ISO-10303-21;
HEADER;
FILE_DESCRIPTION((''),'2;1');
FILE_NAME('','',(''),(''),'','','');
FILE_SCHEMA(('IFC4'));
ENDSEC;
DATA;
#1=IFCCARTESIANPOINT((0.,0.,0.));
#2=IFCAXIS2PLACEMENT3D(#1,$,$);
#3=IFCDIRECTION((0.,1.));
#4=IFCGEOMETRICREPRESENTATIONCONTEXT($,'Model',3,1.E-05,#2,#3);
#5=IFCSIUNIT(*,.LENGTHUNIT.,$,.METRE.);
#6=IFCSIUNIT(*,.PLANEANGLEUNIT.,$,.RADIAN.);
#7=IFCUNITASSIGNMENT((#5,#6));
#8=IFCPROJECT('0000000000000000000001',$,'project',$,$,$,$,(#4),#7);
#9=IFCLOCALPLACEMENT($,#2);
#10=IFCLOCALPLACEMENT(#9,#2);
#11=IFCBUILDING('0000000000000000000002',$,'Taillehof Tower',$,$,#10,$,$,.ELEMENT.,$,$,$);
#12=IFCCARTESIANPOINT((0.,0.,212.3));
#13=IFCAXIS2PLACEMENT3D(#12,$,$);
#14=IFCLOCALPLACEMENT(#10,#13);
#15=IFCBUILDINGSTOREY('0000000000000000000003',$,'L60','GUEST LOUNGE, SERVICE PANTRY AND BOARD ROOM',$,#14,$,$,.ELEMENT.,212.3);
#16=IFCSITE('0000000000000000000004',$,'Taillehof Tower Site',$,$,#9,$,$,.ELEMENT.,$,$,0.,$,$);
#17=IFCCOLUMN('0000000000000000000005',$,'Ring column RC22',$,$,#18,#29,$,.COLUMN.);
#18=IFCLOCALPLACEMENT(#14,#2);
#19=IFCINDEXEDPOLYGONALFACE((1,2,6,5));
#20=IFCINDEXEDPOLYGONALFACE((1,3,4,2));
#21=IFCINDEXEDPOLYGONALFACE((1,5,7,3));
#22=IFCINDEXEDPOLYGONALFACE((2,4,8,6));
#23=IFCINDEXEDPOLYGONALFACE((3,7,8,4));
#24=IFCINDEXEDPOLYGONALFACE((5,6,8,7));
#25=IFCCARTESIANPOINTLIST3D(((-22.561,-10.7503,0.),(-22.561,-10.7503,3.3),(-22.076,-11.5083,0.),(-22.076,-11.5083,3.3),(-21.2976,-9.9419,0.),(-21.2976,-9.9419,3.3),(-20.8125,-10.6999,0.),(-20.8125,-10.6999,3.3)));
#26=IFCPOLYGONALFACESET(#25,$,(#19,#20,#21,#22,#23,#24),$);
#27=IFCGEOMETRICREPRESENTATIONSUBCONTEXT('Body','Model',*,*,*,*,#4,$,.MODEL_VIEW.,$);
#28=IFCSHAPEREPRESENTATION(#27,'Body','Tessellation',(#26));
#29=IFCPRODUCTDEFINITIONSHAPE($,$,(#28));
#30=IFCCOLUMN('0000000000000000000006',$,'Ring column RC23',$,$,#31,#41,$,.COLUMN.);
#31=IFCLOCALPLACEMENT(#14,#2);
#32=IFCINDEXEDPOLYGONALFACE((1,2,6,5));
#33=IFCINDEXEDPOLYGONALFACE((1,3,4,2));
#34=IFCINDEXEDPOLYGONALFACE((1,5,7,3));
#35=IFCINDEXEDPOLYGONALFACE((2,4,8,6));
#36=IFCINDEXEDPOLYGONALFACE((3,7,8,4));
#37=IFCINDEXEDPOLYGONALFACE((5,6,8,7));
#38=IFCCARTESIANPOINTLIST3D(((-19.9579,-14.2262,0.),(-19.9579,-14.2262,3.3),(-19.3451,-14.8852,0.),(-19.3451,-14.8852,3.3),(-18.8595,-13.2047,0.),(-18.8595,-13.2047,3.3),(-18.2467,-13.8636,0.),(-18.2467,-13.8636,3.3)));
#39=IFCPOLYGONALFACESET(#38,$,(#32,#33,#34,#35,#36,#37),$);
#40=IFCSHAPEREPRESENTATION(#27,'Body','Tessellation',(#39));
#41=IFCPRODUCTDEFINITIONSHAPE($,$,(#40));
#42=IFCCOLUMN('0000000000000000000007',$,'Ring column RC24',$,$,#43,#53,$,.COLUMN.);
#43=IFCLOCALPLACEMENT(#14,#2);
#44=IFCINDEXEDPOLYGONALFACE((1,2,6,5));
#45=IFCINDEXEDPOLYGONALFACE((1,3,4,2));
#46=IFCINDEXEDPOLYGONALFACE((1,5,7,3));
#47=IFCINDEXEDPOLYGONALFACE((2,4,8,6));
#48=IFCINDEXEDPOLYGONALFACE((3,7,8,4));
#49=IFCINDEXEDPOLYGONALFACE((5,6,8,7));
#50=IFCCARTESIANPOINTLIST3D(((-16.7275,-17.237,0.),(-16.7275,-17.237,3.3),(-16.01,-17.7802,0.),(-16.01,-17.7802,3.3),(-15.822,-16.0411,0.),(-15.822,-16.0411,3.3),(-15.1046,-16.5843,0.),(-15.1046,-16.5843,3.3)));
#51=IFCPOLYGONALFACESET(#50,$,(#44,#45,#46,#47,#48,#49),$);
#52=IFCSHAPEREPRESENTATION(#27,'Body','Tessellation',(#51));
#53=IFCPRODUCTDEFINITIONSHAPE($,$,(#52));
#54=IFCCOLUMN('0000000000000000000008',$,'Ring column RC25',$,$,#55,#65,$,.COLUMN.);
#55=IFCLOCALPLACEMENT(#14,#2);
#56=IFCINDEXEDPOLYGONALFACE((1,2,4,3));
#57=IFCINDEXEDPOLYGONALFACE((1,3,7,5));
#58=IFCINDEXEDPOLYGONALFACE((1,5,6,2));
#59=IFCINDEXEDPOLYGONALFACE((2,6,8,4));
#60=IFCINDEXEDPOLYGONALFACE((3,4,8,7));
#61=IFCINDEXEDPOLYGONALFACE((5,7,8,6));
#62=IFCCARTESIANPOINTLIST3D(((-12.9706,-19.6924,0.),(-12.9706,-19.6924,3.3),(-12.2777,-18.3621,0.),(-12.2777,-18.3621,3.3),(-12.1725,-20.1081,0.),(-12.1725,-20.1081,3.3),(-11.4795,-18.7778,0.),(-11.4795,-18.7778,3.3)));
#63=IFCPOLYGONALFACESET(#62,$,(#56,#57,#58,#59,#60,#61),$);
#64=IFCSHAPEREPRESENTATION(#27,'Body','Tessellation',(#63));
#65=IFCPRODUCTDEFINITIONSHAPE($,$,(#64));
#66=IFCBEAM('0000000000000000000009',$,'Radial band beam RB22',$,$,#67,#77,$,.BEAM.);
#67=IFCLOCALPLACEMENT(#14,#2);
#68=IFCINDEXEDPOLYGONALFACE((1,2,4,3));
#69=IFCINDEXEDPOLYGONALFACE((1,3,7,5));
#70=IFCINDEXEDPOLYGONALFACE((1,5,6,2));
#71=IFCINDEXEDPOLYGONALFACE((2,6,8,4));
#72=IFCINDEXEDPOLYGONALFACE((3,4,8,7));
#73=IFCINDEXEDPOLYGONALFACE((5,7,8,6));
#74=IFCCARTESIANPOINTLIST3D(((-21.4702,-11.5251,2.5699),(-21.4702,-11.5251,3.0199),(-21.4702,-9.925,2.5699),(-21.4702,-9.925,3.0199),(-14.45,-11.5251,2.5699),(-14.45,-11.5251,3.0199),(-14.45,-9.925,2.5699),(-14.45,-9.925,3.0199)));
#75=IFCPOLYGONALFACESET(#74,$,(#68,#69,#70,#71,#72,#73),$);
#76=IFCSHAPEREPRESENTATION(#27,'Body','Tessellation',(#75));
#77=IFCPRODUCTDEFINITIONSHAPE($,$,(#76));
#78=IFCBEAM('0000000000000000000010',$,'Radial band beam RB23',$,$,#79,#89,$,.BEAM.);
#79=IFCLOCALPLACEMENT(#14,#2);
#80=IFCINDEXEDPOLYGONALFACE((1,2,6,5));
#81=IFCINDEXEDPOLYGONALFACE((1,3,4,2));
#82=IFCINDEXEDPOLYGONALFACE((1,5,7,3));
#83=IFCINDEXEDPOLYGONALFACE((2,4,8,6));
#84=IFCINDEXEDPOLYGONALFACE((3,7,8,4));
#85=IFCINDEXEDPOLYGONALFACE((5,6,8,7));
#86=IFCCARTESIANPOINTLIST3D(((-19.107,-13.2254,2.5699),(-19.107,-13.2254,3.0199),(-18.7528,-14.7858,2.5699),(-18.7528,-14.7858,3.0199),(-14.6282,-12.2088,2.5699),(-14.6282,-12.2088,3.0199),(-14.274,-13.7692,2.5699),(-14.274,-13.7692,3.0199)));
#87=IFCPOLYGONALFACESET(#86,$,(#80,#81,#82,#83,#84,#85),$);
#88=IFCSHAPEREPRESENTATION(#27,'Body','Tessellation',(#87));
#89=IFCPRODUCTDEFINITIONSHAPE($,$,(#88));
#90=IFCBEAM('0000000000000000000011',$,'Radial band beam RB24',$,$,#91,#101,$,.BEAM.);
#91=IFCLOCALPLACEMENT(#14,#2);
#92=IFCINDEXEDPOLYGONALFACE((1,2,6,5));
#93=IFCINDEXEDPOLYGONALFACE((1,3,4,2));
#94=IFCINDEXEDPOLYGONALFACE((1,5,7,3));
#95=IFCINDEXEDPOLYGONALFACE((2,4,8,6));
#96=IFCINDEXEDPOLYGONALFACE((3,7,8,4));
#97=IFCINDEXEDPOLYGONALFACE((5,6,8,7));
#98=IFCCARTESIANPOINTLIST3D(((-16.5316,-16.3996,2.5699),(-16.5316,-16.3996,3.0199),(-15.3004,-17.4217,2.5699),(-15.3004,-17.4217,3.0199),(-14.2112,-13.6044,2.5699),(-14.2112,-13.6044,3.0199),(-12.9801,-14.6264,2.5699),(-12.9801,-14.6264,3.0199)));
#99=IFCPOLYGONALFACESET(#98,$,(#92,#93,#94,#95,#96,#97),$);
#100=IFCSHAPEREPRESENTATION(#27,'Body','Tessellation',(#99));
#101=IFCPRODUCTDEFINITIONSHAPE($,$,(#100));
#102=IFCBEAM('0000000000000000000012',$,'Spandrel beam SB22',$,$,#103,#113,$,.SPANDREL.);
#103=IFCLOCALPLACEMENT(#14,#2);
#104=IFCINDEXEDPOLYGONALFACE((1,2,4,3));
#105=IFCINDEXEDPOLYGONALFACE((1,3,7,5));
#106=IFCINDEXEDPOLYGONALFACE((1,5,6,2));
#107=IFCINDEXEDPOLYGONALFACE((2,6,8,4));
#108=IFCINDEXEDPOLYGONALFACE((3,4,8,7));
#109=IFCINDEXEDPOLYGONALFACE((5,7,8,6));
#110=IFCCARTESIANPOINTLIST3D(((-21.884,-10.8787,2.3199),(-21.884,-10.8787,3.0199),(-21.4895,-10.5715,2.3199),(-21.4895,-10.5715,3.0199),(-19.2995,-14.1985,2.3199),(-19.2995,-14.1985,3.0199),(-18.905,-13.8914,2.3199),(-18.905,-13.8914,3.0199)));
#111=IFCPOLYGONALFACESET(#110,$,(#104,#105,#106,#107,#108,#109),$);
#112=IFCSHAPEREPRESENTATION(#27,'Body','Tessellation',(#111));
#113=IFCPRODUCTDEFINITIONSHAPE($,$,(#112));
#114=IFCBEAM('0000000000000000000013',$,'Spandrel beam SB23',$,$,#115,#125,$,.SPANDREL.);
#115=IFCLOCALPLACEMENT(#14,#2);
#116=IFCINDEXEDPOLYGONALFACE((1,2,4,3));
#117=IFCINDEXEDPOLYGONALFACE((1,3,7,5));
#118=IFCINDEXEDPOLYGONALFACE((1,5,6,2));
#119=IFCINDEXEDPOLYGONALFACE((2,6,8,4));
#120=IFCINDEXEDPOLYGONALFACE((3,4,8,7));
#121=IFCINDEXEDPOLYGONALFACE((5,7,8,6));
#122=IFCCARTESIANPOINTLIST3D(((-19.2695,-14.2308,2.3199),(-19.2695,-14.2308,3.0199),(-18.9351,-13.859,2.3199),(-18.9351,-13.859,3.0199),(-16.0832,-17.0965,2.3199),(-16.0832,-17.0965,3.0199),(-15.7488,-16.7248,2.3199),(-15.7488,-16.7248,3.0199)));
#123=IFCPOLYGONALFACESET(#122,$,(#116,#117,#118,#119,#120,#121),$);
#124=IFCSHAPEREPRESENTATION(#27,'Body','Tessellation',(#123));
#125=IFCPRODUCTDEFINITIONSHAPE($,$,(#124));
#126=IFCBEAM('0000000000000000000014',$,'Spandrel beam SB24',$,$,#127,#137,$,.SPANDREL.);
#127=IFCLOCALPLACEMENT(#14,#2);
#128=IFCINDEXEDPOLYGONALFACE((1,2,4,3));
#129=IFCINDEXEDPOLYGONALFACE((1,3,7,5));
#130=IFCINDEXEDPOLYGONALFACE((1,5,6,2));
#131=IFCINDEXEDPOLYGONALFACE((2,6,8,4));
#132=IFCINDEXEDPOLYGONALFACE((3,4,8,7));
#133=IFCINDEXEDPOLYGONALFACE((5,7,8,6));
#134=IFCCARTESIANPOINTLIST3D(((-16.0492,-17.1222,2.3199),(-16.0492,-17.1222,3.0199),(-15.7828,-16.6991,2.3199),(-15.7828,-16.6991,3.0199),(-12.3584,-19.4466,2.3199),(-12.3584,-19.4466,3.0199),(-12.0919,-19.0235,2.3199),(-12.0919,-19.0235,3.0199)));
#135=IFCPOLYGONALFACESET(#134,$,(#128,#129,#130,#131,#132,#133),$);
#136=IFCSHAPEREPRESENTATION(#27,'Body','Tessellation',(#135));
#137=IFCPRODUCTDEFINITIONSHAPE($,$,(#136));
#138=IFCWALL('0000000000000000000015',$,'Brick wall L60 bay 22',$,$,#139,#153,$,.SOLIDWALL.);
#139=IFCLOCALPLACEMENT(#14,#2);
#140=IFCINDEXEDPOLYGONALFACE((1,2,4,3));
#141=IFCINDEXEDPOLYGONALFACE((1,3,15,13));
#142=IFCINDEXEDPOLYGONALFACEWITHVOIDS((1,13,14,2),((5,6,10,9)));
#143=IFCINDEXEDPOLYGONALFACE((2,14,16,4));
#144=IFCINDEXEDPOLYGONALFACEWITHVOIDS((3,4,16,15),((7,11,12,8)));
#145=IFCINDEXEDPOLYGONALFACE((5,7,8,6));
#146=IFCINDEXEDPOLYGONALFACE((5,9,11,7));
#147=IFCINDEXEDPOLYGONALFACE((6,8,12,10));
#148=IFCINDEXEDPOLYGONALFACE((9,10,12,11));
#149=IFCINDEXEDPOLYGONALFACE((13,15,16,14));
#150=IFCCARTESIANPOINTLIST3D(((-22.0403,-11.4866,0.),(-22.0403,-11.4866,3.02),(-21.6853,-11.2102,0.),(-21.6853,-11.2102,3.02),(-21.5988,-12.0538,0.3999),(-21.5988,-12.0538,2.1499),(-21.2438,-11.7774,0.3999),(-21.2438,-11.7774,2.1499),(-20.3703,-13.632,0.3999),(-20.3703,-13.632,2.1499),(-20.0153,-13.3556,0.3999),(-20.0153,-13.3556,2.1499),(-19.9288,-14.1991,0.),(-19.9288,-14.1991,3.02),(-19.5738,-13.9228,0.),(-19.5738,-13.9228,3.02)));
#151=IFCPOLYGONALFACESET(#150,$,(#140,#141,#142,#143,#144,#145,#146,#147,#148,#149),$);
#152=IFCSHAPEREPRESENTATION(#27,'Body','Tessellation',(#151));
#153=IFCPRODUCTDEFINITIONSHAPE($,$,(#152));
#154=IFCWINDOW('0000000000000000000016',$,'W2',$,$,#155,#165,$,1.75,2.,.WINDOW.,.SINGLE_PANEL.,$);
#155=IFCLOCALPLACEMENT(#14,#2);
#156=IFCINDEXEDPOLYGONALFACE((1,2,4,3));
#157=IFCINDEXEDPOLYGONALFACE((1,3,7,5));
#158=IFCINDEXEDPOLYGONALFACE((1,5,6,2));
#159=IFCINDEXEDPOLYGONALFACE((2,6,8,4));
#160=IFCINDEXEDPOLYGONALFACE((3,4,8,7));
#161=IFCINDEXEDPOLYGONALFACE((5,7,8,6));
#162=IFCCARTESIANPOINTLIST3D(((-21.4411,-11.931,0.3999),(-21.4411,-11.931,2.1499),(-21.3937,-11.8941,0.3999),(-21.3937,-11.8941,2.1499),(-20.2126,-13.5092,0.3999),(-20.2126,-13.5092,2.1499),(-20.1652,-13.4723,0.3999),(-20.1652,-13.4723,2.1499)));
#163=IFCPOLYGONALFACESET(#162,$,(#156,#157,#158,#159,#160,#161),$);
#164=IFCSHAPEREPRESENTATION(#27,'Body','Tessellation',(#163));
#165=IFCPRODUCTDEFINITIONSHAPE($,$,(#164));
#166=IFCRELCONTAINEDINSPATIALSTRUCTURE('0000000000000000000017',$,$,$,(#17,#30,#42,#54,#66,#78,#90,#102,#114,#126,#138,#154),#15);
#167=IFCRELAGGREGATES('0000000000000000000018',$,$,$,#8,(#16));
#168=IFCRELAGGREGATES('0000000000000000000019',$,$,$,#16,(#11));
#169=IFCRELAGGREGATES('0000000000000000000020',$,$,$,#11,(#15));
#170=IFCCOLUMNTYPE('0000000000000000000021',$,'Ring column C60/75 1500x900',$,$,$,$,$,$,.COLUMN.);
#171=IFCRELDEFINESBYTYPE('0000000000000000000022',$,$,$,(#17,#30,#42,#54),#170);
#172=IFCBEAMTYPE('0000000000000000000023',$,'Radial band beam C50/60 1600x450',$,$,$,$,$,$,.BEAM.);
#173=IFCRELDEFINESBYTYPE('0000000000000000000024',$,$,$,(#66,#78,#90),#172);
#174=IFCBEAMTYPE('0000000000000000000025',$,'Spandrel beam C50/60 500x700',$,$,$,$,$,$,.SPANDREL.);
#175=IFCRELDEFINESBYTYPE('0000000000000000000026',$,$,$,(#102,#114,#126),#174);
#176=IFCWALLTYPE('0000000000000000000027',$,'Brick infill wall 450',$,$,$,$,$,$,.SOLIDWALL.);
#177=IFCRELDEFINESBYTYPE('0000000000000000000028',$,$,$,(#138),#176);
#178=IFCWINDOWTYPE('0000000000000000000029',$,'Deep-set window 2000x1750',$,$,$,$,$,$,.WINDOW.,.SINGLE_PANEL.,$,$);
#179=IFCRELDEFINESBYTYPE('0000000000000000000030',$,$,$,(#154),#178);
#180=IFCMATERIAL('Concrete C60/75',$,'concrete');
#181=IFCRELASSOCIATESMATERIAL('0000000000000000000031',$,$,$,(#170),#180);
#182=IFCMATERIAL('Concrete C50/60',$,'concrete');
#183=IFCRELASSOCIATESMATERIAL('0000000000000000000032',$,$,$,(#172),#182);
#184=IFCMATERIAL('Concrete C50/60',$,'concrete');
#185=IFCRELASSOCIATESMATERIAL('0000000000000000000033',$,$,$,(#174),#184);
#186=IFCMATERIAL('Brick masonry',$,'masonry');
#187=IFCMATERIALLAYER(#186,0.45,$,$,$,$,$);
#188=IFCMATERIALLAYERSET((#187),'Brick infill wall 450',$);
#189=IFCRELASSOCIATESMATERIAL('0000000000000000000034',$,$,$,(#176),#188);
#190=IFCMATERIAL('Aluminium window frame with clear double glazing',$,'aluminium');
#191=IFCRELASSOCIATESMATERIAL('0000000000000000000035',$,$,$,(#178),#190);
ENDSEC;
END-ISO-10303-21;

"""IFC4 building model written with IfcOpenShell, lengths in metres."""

from ifc_helpers import new_model, si_unit, direction, frame, frame_2d, origin, origin_2d, place, context, subcontext, project, spatial, rectangle, extrude, material, layer, layer_set, material_profile, profile_set, type_object, element, fill, save


model = new_model("IFC4")

# Units and contexts
model_context = context("Model", 3, precision=1e-05, world=origin(), true_north=direction((0.0, 1.0)))
body_context = subcontext(model_context, "Body", "Model", "MODEL_VIEW")
ifc_project = project(units=[si_unit("LENGTHUNIT", "METRE"), si_unit("PLANEANGLEUNIT", "RADIAN")], contexts=[model_context])

# Site, building, storey
site_placement = place(None, origin())
site = spatial("IfcSite", under=ifc_project, at=site_placement, Name="Taillehof Tower Site", CompositionType="ELEMENT", RefElevation=0.0)
building_placement = place(site_placement, origin())
building = spatial("IfcBuilding", under=site, at=building_placement, Name="Taillehof Tower", CompositionType="ELEMENT")
storey_placement = place(building_placement, frame((0.0, 0.0, 212.3)))
storey = spatial("IfcBuildingStorey", under=building, at=storey_placement, Name="L60", Description="GUEST LOUNGE, SERVICE PANTRY AND BOARD ROOM", CompositionType="ELEMENT", Elevation=212.3)

# Columns
ifc_material_1 = material(Name="Concrete C60/75", Category="concrete")
ifc_material_profile_1 = material_profile(ifc_material_1, rectangle(XDim=1.5, YDim=0.8999, at=origin_2d()), Name="RC 1500x900")
ifc_profile_set_1 = profile_set([ifc_material_profile_1], Name="Concrete C60/75")
column_type = type_object("IfcColumnType", Name="Ring column C60/75 1500x900", PredefinedType="COLUMN", material=ifc_profile_set_1)
for number, where, z_axis, x_axis, name in (
    (1, (-21.6868, -10.7251, 0.0), (0.0, 0.0, 1.0), (-0.842311, -0.538992, 0.0), "Ring column RC22"),
    (2, (-19.1023, -14.0449, 0.0), (0.0, 0.0, 1.0), (-0.732271, -0.681013, 0.0), "Ring column RC23"),
    (3, (-15.916, -16.9106, 0.0), (0.0, 0.0, 1.0), (-0.603608, -0.797281, 0.0), "Ring column RC24"),
    (4, (-12.2251, -19.2351, 0.0), (0.0, 0.0, 1.0), (-0.461993, -0.886883, 0.0), "Ring column RC25"),
):
    element("IfcColumn", number, at=place(storey_placement, frame(where, z_axis=z_axis, x_axis=x_axis)), inside=storey, type_object=column_type, Name=name, PredefinedType="COLUMN", context=body_context, shape_type="SweptSolid", body=[
        extrude(rectangle(XDim=1.5, YDim=0.8999, at=origin_2d()), origin(), (0.0, 0.0, 1.0), 3.3),
    ])

# Beams
ifc_material_2 = material(Name="Concrete C50/60", Category="concrete")
ifc_material_profile_2 = material_profile(ifc_material_2, rectangle(XDim=1.6001, YDim=0.45, at=origin_2d()), Name="RC 1600x450")
ifc_profile_set_2 = profile_set([ifc_material_profile_2], Name="Concrete C50/60")
beam_type_1 = type_object("IfcBeamType", Name="Radial band beam C50/60 1600x450", PredefinedType="BEAM", material=ifc_profile_set_2)
beam_1_placement = place(storey_placement, frame((-21.4702, -10.7251, 2.7949), z_axis=(1.0, 0.0, 0.0), x_axis=(0.0, 1.0, 0.0)))
element("IfcBeam", 5, at=beam_1_placement, inside=storey, type_object=beam_type_1, Name="Radial band beam RB22", PredefinedType="BEAM", context=body_context, shape_type="SweptSolid", body=[
    extrude(rectangle(XDim=1.6001, YDim=0.45, at=origin_2d()), origin(), (0.0, 0.0, 1.0), 7.0203),
])
beam_2_placement = place(storey_placement, frame((-18.9299, -14.0056, 2.7949), z_axis=(0.975194, 0.221352, 0.0), x_axis=(-0.221352, 0.975194, 0.0)))
element("IfcBeam", 6, at=beam_2_placement, inside=storey, type_object=beam_type_1, Name="Radial band beam RB23", PredefinedType="BEAM", context=body_context, shape_type="SweptSolid", body=[
    extrude(rectangle(XDim=1.6001, YDim=0.45, at=origin_2d()), origin(), (0.0, 0.0, 1.0), 4.5928),
])
beam_3_placement = place(storey_placement, frame((-15.916, -16.9106, 2.7949), z_axis=(0.638722, 0.769437, 0.0), x_axis=(-0.769437, 0.638722, 0.0)))
element("IfcBeam", 7, at=beam_3_placement, inside=storey, type_object=beam_type_1, Name="Radial band beam RB24", PredefinedType="BEAM", context=body_context, shape_type="SweptSolid", body=[
    extrude(rectangle(XDim=1.6001, YDim=0.45, at=origin_2d()), origin(), (0.0, 0.0, 1.0), 3.6328),
])
ifc_material_3 = material(Name="Concrete C50/60", Category="concrete")
ifc_material_profile_3 = material_profile(ifc_material_3, rectangle(XDim=0.5, YDim=0.7, at=origin_2d()), Name="RC 500x700")
ifc_profile_set_3 = profile_set([ifc_material_profile_3], Name="Concrete C50/60")
beam_type_2 = type_object("IfcBeamType", Name="Spandrel beam C50/60 500x700", PredefinedType="SPANDREL", material=ifc_profile_set_3)
beam_4_placement = place(storey_placement, frame((-21.6868, -10.7251, 2.6699), z_axis=(0.614294, -0.789077, 0.0), x_axis=(0.789077, 0.614294, 0.0)))
element("IfcBeam", 8, at=beam_4_placement, inside=storey, type_object=beam_type_2, Name="Spandrel beam SB22", PredefinedType="SPANDREL", context=body_context, shape_type="SweptSolid", body=[
    extrude(rectangle(XDim=0.5, YDim=0.7, at=origin_2d()), origin(), (0.0, 0.0, 1.0), 4.2073),
])
beam_5_placement = place(storey_placement, frame((-19.1023, -14.0449, 2.6699), z_axis=(0.743518, -0.668716, 0.0), x_axis=(0.668716, 0.743518, 0.0)))
element("IfcBeam", 9, at=beam_5_placement, inside=storey, type_object=beam_type_2, Name="Spandrel beam SB23", PredefinedType="SPANDREL", context=body_context, shape_type="SweptSolid", body=[
    extrude(rectangle(XDim=0.5, YDim=0.7, at=origin_2d()), origin(), (0.0, 0.0, 1.0), 4.2854),
])
beam_6_placement = place(storey_placement, frame((-15.916, -16.9106, 2.6699), z_axis=(0.846176, -0.532904, 0.0), x_axis=(0.532904, 0.846176, 0.0)))
element("IfcBeam", 10, at=beam_6_placement, inside=storey, type_object=beam_type_2, Name="Spandrel beam SB24", PredefinedType="SPANDREL", context=body_context, shape_type="SweptSolid", body=[
    extrude(rectangle(XDim=0.5, YDim=0.7, at=origin_2d()), origin(), (0.0, 0.0, 1.0), 4.3618),
])

# Wall, opening, window
ifc_material_4 = material(Name="Brick masonry", Category="masonry")
ifc_layer_1 = layer(ifc_material_4, 0.45)
ifc_layer_set_1 = layer_set([ifc_layer_1], Name="Brick infill wall 450")
wall_type_1 = type_object("IfcWallType", Name="Brick infill wall 450", PredefinedType="SOLIDWALL", material=ifc_layer_set_1)
wall_1_placement = place(storey_placement, frame((-21.8628, -11.3484, 0.0), z_axis=(0.0, 0.0, 1.0), x_axis=(0.614255, -0.789107, 0.0)))
wall_1 = element("IfcWall", 11, at=wall_1_placement, inside=storey, type_object=wall_type_1, Name="Brick wall L60 bay 22", PredefinedType="SOLIDWALL", context=body_context, shape_type="SweptSolid", body=[
    extrude(rectangle(XDim=3.4375, YDim=0.45, at=frame_2d((1.7188, 0.0))), origin(), (0.0, 0.0, 1.0), 3.02),
])
opening_1_placement = place(wall_1_placement, frame((0.7188, 0.0, 0.3999)))
opening_1 = element("IfcOpeningElement", 12, at=opening_1_placement, cuts=wall_1, PredefinedType="OPENING", context=body_context, shape_type="SweptSolid", body=[
    extrude(rectangle(XDim=2.0, YDim=1.75, at=frame_2d((1.0, 0.875))), frame((0.0, 0.2349, 0.0), z_axis=(0.0, -1.0, 0.0), x_axis=(1.0, 0.0, 0.0)), (0.0, 0.0, 1.0), 0.47),
])
ifc_material_5 = material(Name="Aluminium window frame with clear double glazing", Category="aluminium")
window_type_1 = type_object("IfcWindowType", Name="Deep-set window 2000x1750", PartitioningType="SINGLE_PANEL", PredefinedType="WINDOW", material=ifc_material_5)
window_1_placement = place(opening_1_placement, origin())
window_1 = element("IfcWindow", 13, at=window_1_placement, inside=storey, type_object=window_type_1, Name="W2", OverallHeight=1.75, OverallWidth=2.0, PartitioningType="SINGLE_PANEL", PredefinedType="WINDOW", context=body_context, shape_type="SweptSolid", body=[
    extrude(rectangle(XDim=2.0, YDim=1.75, at=frame_2d((1.0, 0.875))), frame((0.0, 0.0349, 0.0), z_axis=(0.0, -1.0, 0.0), x_axis=(1.0, 0.0, 0.0)), (0.0, 0.0, 1.0), 0.0601),
])
fill(opening_1, window_1)

save(model, "model.ifc")
